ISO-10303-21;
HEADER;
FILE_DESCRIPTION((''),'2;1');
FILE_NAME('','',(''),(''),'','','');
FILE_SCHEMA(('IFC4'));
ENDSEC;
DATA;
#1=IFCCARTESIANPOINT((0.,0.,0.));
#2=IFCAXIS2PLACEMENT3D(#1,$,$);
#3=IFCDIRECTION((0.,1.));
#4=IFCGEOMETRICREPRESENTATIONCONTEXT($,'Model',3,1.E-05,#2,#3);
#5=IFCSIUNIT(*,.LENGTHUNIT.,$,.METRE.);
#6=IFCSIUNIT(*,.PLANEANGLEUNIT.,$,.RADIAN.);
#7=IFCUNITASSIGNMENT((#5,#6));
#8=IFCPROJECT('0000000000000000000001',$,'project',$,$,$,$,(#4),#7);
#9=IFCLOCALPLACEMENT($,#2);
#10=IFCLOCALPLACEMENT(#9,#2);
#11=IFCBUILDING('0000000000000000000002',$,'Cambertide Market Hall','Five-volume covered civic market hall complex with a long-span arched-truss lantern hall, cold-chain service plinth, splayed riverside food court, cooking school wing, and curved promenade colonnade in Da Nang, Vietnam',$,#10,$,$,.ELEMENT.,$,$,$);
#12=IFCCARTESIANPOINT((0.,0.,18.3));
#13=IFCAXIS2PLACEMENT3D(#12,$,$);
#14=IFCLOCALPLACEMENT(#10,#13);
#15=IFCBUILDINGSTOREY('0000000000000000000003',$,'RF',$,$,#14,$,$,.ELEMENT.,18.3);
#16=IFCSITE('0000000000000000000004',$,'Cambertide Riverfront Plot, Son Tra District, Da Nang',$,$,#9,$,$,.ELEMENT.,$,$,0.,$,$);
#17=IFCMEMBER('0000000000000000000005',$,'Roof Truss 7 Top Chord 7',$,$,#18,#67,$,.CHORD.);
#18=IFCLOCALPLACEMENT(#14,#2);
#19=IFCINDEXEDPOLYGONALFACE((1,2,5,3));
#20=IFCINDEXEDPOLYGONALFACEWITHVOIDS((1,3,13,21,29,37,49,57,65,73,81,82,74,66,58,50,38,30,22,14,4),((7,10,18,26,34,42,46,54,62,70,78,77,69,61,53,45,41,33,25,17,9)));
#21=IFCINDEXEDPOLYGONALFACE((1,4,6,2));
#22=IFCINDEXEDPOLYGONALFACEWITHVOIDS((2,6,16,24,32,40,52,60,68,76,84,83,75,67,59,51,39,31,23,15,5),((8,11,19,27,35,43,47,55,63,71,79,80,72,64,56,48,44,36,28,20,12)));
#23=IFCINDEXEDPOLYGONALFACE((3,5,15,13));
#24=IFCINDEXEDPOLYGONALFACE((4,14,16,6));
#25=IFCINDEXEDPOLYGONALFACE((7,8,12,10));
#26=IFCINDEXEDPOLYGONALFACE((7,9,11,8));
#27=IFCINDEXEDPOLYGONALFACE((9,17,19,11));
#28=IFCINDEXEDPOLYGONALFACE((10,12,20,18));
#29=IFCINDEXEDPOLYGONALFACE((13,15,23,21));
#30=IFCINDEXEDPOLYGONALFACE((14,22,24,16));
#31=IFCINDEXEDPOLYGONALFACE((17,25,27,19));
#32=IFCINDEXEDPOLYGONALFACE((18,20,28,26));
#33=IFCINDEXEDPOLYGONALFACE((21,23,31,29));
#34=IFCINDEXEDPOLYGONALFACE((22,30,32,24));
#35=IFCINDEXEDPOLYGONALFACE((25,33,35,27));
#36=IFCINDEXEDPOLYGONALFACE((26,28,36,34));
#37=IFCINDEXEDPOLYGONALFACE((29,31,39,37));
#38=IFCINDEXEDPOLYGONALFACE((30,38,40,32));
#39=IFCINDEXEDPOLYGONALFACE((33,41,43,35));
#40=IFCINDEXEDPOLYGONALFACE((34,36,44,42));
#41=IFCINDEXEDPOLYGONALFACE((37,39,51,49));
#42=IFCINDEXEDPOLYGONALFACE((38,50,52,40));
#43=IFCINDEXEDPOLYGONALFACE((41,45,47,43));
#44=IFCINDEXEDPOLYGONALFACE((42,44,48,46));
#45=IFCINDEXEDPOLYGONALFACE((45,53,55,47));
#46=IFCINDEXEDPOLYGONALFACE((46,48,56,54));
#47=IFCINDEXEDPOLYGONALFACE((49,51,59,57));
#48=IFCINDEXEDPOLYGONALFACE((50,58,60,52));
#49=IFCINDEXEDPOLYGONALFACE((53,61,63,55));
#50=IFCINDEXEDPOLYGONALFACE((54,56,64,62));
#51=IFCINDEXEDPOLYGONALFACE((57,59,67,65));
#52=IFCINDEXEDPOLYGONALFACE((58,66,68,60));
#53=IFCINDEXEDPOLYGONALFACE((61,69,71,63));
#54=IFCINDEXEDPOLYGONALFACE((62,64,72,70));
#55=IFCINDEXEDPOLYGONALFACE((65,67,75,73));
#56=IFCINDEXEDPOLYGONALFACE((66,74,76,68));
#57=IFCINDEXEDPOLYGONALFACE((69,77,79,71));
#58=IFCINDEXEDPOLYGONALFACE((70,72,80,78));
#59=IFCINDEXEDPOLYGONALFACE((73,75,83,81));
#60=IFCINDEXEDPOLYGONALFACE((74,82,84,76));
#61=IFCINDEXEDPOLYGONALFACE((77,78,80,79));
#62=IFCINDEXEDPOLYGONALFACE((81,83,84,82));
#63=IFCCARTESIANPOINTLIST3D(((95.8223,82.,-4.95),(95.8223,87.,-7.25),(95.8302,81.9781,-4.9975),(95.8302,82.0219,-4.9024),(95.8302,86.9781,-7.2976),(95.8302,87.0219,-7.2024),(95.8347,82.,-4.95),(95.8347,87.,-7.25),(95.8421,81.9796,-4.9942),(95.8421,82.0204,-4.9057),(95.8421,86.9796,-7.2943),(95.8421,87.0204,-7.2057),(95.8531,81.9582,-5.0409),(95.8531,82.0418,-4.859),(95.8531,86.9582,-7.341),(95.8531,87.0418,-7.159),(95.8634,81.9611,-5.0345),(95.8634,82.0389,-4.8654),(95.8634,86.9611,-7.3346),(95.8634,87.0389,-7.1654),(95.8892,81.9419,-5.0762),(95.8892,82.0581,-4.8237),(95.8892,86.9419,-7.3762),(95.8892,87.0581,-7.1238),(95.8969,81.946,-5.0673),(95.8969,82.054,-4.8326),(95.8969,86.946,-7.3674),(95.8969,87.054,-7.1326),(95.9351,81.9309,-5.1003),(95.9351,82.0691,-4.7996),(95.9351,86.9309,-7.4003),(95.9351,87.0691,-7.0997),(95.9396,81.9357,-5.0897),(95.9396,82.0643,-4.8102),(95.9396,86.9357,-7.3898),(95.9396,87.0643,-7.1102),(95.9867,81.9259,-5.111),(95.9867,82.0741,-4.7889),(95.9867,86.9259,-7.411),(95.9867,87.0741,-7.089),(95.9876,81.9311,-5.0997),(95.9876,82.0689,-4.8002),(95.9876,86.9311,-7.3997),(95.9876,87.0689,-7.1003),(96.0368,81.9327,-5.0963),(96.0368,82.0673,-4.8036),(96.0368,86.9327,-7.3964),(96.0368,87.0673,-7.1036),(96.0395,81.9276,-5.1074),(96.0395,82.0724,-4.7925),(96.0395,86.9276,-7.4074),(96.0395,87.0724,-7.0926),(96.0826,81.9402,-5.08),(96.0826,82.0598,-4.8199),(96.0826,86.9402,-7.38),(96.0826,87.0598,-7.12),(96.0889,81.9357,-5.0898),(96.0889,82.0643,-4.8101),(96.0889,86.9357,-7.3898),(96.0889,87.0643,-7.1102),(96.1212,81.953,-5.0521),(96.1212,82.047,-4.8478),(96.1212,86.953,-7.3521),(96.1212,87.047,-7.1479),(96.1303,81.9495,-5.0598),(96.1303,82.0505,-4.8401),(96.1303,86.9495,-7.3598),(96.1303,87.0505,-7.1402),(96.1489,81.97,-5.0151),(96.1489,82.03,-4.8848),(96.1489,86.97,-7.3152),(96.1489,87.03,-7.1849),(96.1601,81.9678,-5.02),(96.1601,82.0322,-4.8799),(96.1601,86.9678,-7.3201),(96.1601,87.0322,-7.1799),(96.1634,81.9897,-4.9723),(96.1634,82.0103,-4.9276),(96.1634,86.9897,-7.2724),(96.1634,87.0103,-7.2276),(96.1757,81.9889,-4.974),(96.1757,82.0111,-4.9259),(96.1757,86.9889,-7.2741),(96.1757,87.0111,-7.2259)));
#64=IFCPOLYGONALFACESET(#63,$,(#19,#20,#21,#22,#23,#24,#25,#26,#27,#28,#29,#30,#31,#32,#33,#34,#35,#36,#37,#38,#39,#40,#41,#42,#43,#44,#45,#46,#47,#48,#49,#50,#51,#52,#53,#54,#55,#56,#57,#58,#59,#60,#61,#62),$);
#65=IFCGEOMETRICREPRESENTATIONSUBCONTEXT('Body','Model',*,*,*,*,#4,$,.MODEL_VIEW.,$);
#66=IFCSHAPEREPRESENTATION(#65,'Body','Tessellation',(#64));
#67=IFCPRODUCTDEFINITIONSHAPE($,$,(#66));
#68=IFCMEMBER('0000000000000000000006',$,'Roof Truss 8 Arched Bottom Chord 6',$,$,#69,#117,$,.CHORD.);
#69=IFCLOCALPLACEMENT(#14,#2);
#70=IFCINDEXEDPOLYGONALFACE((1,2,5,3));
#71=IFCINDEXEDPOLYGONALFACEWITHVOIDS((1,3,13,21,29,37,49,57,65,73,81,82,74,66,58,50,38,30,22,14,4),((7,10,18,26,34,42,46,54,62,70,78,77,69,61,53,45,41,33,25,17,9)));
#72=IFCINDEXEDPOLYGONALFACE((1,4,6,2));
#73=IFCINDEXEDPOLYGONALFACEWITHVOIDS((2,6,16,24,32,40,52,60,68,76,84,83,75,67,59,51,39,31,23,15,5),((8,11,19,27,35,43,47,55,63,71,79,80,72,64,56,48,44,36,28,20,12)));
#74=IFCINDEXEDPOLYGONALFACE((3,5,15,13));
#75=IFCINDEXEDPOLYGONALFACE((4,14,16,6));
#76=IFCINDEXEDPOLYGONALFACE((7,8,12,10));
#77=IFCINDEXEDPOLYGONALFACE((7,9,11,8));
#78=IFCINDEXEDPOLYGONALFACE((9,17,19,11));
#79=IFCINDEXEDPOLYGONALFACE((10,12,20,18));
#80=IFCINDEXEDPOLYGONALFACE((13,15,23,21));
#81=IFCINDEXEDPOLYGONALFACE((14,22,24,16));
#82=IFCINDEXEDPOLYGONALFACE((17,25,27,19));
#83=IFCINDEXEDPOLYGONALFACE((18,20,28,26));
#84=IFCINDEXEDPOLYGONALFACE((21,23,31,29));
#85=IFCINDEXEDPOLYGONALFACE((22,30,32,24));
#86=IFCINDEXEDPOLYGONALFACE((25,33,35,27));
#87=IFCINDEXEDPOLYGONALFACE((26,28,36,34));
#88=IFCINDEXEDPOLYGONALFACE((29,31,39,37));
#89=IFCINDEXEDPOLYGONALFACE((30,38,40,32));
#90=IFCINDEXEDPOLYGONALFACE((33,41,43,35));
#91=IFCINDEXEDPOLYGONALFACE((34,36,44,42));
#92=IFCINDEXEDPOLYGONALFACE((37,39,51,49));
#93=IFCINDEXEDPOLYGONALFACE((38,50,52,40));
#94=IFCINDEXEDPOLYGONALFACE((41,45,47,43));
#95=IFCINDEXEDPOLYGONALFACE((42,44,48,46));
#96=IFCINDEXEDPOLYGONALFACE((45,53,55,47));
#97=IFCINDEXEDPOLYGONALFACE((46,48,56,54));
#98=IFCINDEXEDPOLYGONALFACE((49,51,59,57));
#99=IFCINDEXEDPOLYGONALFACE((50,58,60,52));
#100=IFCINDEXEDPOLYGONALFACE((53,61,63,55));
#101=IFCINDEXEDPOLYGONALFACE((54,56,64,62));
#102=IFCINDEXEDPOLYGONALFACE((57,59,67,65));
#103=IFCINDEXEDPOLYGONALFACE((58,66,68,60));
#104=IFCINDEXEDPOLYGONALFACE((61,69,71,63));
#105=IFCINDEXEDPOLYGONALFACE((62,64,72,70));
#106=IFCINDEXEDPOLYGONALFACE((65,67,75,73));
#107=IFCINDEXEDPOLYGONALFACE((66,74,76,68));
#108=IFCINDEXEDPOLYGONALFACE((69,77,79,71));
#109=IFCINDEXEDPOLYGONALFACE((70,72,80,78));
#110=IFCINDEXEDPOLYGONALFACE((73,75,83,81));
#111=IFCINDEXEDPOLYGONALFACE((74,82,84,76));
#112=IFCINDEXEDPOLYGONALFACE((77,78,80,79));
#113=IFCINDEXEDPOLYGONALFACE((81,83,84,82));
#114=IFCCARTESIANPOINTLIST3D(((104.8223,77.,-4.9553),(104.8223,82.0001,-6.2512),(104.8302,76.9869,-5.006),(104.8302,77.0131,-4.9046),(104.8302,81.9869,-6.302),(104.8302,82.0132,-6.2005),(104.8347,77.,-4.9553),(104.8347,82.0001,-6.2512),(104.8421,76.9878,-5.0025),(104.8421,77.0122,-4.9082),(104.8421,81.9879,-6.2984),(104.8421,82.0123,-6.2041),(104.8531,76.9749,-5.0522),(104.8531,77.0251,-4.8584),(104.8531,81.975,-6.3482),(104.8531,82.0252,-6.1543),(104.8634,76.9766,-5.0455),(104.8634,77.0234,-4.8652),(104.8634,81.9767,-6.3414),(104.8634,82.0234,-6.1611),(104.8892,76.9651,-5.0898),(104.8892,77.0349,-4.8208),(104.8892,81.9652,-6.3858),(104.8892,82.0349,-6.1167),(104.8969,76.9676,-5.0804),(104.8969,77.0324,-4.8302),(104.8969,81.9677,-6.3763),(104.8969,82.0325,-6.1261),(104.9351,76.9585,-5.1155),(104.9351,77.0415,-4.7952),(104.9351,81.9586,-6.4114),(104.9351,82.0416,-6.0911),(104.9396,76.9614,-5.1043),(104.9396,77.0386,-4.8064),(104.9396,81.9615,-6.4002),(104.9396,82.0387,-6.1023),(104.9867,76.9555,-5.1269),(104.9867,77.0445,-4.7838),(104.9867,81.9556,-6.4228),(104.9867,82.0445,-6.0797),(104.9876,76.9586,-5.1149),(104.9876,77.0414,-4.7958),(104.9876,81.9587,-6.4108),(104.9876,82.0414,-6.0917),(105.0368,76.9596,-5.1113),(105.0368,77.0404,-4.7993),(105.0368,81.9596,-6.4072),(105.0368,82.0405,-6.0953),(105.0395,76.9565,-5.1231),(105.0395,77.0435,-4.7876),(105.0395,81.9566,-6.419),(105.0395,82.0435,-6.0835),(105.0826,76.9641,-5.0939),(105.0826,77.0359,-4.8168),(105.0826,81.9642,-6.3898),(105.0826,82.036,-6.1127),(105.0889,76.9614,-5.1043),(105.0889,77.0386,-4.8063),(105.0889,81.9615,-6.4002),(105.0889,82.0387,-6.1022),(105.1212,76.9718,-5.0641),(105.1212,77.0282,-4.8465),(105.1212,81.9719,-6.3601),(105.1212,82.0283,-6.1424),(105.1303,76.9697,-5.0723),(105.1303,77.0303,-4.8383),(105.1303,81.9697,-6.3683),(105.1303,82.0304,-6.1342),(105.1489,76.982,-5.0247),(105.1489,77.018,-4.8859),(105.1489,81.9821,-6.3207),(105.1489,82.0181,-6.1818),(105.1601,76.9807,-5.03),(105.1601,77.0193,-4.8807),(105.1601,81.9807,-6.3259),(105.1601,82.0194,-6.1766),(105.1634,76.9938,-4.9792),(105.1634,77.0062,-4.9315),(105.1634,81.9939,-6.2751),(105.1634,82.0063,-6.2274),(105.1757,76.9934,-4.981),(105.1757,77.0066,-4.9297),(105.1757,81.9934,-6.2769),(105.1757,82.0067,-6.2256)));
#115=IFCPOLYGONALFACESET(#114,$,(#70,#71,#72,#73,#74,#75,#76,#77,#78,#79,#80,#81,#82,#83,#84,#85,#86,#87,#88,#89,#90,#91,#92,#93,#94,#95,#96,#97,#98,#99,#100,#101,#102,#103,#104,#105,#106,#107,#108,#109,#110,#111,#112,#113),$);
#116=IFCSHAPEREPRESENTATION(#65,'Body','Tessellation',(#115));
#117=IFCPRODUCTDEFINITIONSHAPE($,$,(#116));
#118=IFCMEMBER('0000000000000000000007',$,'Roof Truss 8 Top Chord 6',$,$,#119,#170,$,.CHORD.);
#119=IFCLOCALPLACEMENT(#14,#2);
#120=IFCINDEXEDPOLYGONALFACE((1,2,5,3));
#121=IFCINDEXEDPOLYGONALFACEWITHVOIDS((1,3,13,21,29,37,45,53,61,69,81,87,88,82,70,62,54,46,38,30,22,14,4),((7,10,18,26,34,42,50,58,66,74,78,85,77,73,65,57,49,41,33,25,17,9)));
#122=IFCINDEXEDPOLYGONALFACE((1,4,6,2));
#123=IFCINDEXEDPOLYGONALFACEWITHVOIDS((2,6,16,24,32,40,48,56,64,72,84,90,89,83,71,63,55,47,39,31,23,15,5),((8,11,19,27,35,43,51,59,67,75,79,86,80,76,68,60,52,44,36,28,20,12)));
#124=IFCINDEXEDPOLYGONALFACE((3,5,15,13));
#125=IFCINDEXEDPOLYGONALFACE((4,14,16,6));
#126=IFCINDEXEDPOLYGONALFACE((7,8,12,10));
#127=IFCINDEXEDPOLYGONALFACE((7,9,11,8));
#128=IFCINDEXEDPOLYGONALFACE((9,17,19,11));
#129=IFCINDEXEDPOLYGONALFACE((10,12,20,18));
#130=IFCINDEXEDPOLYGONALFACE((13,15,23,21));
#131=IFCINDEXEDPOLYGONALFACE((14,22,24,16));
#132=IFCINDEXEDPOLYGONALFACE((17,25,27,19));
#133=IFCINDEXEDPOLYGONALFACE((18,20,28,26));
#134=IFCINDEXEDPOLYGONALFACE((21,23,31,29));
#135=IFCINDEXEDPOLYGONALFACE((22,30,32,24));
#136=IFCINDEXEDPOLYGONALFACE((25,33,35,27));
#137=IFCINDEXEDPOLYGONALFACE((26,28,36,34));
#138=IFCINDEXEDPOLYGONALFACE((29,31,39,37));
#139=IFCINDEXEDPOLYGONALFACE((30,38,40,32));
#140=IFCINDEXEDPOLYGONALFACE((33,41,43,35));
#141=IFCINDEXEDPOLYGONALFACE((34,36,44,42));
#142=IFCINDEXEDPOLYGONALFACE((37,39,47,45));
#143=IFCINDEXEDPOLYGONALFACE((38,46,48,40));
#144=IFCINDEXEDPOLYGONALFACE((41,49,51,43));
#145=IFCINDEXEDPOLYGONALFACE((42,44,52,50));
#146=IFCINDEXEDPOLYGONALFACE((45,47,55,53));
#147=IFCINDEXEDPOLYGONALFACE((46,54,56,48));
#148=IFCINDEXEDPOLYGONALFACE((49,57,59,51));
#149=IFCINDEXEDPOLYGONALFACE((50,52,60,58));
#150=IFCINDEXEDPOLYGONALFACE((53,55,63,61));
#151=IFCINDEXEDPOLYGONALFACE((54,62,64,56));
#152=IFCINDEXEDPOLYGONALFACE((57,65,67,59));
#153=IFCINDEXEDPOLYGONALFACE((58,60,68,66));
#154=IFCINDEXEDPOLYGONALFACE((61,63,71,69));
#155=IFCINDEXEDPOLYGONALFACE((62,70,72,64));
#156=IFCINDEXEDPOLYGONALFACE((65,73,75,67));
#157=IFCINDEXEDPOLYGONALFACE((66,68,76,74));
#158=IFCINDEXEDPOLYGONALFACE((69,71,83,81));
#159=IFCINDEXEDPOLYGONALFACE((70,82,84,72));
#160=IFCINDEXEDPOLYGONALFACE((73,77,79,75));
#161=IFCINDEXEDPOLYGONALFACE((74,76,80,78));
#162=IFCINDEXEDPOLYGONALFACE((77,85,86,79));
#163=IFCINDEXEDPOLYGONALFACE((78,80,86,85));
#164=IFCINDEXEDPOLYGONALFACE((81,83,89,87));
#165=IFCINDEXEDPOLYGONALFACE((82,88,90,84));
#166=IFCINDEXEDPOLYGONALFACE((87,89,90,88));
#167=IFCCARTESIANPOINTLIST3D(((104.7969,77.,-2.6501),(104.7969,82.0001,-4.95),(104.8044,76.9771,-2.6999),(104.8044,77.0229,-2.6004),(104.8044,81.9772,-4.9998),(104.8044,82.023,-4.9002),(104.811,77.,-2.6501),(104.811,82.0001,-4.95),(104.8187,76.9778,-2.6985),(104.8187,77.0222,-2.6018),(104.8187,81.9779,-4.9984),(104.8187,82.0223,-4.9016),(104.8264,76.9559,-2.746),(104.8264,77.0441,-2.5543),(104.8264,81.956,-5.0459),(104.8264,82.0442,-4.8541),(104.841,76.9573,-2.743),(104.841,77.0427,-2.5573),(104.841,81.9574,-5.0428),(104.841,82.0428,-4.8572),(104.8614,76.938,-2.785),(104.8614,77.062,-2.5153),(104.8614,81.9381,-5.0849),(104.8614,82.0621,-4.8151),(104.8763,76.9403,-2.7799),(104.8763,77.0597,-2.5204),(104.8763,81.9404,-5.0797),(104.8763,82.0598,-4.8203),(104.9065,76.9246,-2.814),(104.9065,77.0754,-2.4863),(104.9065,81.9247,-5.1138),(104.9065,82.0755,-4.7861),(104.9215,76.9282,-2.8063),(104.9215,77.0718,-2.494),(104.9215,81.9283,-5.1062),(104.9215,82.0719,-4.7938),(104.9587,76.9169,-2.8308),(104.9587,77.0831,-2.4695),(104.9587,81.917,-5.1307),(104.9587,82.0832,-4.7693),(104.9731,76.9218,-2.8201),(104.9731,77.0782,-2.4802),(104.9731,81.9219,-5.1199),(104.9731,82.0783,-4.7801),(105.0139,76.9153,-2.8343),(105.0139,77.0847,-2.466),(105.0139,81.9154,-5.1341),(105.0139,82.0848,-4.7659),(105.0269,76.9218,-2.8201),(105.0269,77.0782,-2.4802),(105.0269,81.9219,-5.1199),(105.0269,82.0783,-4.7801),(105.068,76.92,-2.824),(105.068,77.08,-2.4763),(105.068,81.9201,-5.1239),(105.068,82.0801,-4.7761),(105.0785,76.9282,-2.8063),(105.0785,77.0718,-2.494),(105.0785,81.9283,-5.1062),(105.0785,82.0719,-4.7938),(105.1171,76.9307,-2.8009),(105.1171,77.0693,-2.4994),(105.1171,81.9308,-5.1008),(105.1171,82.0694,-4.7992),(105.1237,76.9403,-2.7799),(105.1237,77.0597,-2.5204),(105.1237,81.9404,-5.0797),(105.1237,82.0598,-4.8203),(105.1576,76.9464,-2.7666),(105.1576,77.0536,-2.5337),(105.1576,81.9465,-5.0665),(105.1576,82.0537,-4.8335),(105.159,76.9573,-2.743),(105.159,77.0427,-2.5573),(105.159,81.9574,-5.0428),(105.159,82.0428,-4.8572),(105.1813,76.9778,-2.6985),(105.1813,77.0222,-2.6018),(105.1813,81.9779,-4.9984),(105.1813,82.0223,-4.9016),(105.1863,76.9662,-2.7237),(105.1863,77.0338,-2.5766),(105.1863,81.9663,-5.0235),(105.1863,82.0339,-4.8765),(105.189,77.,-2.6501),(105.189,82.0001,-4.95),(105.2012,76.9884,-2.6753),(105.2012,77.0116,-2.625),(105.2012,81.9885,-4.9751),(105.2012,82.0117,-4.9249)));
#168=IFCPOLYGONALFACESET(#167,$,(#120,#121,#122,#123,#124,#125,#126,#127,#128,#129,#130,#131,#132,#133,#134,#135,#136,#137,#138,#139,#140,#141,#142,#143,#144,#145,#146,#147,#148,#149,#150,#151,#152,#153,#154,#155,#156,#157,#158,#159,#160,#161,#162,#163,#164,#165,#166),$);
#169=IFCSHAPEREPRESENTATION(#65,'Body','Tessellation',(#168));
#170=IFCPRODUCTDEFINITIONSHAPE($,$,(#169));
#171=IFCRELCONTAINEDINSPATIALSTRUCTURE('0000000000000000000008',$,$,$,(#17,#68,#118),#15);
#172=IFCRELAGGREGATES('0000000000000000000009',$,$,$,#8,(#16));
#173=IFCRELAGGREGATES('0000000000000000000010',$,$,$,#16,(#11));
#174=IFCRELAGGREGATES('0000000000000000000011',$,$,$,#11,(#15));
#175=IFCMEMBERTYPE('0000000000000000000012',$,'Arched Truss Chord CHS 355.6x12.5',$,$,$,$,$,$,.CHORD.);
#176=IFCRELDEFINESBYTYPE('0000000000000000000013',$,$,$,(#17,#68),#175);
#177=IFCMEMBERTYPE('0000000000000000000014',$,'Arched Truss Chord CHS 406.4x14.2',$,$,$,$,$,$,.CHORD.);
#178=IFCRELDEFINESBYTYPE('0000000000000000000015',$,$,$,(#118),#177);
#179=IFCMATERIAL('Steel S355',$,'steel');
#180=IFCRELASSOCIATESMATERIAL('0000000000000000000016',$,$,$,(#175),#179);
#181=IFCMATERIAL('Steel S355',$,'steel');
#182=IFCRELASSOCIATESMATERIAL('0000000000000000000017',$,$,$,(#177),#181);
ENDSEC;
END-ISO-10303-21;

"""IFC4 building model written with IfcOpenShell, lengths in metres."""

from ifc_helpers import new_model, si_unit, direction, frame, origin, origin_2d, place, context, subcontext, project, spatial, hollow_circle, extrude, material, material_profile, profile_set, type_object, element, save


model = new_model("IFC4")

# Units and contexts
model_context = context("Model", 3, precision=1e-05, world=origin(), true_north=direction((0.0, 1.0)))
body_context = subcontext(model_context, "Body", "Model", "MODEL_VIEW")
ifc_project = project(units=[si_unit("LENGTHUNIT", "METRE"), si_unit("PLANEANGLEUNIT", "RADIAN")], contexts=[model_context])

# Site, building, storey
site_placement = place(None, origin())
site = spatial("IfcSite", under=ifc_project, at=site_placement, Name="Cambertide Riverfront Plot, Son Tra District, Da Nang", CompositionType="ELEMENT", RefElevation=0.0)
building_placement = place(site_placement, origin())
building = spatial("IfcBuilding", under=site, at=building_placement, Name="Cambertide Market Hall", Description="Five-volume covered civic market hall complex with a long-span arched-truss lantern hall, cold-chain service plinth, splayed riverside food court, cooking school wing, and curved promenade colonnade in Da Nang, Vietnam", CompositionType="ELEMENT")
storey_placement = place(building_placement, frame((0.0, 0.0, 18.3)))
storey = spatial("IfcBuildingStorey", under=building, at=storey_placement, Name="RF", CompositionType="ELEMENT", Elevation=18.3)

# Members
ifc_material_1 = material(Name="Steel S355", Category="steel")
ifc_material_profile_1 = material_profile(ifc_material_1, hollow_circle(Radius=0.1777, WallThickness=0.0125, at=origin_2d()), Name="CHS 355.6x12.5")
ifc_profile_set_1 = profile_set([ifc_material_profile_1], Name="Steel S355")
member_type_1 = type_object("IfcMemberType", Name="Arched Truss Chord CHS 355.6x12.5", PredefinedType="CHORD", material=ifc_profile_set_1)
for number, where, z_axis, x_axis, name in (
    (1, (96.0, 82.0, -4.95), (0.0, 0.908487, -0.417913), (-1.0, 0.0, 0.0), "Roof Truss 7 Top Chord 7"),
):
    element("IfcMember", number, at=place(storey_placement, frame(where, z_axis=z_axis, x_axis=x_axis)), inside=storey, type_object=member_type_1, Name=name, PredefinedType="CHORD", context=body_context, shape_type="SweptSolid", body=[
        extrude(hollow_circle(Radius=0.1777, WallThickness=0.0125, at=origin_2d()), origin(), (0.0, 0.0, 1.0), 5.5037),
    ])
member_1_placement = place(storey_placement, frame((105.0, 77.0, -4.9553), z_axis=(0.0, 0.968016, -0.25089), x_axis=(-1.0, 0.0, 0.0)))
element("IfcMember", 2, at=member_1_placement, inside=storey, type_object=member_type_1, Name="Roof Truss 8 Arched Bottom Chord 6", PredefinedType="CHORD", context=body_context, shape_type="SweptSolid", body=[
    extrude(hollow_circle(Radius=0.1777, WallThickness=0.0125, at=origin_2d()), origin(), (0.0, 0.0, 1.0), 5.1653),
])
ifc_material_2 = material(Name="Steel S355", Category="steel")
ifc_material_profile_2 = material_profile(ifc_material_2, hollow_circle(Radius=0.2031, WallThickness=0.0142, at=origin_2d()), Name="CHS 406.4x14.2")
ifc_profile_set_2 = profile_set([ifc_material_profile_2], Name="Steel S355")
member_type_2 = type_object("IfcMemberType", Name="Arched Truss Chord CHS 406.4x14.2", PredefinedType="CHORD", material=ifc_profile_set_2)
member_2_placement = place(storey_placement, frame((105.0, 77.0, -2.6501), z_axis=(0.0, 0.908504, -0.417876), x_axis=(-1.0, 0.0, 0.0)))
element("IfcMember", 3, at=member_2_placement, inside=storey, type_object=member_type_2, Name="Roof Truss 8 Top Chord 6", PredefinedType="CHORD", context=body_context, shape_type="SweptSolid", body=[
    extrude(hollow_circle(Radius=0.2031, WallThickness=0.0142, at=origin_2d()), origin(), (0.0, 0.0, 1.0), 5.5037),
])

save(model, "model.ifc")
